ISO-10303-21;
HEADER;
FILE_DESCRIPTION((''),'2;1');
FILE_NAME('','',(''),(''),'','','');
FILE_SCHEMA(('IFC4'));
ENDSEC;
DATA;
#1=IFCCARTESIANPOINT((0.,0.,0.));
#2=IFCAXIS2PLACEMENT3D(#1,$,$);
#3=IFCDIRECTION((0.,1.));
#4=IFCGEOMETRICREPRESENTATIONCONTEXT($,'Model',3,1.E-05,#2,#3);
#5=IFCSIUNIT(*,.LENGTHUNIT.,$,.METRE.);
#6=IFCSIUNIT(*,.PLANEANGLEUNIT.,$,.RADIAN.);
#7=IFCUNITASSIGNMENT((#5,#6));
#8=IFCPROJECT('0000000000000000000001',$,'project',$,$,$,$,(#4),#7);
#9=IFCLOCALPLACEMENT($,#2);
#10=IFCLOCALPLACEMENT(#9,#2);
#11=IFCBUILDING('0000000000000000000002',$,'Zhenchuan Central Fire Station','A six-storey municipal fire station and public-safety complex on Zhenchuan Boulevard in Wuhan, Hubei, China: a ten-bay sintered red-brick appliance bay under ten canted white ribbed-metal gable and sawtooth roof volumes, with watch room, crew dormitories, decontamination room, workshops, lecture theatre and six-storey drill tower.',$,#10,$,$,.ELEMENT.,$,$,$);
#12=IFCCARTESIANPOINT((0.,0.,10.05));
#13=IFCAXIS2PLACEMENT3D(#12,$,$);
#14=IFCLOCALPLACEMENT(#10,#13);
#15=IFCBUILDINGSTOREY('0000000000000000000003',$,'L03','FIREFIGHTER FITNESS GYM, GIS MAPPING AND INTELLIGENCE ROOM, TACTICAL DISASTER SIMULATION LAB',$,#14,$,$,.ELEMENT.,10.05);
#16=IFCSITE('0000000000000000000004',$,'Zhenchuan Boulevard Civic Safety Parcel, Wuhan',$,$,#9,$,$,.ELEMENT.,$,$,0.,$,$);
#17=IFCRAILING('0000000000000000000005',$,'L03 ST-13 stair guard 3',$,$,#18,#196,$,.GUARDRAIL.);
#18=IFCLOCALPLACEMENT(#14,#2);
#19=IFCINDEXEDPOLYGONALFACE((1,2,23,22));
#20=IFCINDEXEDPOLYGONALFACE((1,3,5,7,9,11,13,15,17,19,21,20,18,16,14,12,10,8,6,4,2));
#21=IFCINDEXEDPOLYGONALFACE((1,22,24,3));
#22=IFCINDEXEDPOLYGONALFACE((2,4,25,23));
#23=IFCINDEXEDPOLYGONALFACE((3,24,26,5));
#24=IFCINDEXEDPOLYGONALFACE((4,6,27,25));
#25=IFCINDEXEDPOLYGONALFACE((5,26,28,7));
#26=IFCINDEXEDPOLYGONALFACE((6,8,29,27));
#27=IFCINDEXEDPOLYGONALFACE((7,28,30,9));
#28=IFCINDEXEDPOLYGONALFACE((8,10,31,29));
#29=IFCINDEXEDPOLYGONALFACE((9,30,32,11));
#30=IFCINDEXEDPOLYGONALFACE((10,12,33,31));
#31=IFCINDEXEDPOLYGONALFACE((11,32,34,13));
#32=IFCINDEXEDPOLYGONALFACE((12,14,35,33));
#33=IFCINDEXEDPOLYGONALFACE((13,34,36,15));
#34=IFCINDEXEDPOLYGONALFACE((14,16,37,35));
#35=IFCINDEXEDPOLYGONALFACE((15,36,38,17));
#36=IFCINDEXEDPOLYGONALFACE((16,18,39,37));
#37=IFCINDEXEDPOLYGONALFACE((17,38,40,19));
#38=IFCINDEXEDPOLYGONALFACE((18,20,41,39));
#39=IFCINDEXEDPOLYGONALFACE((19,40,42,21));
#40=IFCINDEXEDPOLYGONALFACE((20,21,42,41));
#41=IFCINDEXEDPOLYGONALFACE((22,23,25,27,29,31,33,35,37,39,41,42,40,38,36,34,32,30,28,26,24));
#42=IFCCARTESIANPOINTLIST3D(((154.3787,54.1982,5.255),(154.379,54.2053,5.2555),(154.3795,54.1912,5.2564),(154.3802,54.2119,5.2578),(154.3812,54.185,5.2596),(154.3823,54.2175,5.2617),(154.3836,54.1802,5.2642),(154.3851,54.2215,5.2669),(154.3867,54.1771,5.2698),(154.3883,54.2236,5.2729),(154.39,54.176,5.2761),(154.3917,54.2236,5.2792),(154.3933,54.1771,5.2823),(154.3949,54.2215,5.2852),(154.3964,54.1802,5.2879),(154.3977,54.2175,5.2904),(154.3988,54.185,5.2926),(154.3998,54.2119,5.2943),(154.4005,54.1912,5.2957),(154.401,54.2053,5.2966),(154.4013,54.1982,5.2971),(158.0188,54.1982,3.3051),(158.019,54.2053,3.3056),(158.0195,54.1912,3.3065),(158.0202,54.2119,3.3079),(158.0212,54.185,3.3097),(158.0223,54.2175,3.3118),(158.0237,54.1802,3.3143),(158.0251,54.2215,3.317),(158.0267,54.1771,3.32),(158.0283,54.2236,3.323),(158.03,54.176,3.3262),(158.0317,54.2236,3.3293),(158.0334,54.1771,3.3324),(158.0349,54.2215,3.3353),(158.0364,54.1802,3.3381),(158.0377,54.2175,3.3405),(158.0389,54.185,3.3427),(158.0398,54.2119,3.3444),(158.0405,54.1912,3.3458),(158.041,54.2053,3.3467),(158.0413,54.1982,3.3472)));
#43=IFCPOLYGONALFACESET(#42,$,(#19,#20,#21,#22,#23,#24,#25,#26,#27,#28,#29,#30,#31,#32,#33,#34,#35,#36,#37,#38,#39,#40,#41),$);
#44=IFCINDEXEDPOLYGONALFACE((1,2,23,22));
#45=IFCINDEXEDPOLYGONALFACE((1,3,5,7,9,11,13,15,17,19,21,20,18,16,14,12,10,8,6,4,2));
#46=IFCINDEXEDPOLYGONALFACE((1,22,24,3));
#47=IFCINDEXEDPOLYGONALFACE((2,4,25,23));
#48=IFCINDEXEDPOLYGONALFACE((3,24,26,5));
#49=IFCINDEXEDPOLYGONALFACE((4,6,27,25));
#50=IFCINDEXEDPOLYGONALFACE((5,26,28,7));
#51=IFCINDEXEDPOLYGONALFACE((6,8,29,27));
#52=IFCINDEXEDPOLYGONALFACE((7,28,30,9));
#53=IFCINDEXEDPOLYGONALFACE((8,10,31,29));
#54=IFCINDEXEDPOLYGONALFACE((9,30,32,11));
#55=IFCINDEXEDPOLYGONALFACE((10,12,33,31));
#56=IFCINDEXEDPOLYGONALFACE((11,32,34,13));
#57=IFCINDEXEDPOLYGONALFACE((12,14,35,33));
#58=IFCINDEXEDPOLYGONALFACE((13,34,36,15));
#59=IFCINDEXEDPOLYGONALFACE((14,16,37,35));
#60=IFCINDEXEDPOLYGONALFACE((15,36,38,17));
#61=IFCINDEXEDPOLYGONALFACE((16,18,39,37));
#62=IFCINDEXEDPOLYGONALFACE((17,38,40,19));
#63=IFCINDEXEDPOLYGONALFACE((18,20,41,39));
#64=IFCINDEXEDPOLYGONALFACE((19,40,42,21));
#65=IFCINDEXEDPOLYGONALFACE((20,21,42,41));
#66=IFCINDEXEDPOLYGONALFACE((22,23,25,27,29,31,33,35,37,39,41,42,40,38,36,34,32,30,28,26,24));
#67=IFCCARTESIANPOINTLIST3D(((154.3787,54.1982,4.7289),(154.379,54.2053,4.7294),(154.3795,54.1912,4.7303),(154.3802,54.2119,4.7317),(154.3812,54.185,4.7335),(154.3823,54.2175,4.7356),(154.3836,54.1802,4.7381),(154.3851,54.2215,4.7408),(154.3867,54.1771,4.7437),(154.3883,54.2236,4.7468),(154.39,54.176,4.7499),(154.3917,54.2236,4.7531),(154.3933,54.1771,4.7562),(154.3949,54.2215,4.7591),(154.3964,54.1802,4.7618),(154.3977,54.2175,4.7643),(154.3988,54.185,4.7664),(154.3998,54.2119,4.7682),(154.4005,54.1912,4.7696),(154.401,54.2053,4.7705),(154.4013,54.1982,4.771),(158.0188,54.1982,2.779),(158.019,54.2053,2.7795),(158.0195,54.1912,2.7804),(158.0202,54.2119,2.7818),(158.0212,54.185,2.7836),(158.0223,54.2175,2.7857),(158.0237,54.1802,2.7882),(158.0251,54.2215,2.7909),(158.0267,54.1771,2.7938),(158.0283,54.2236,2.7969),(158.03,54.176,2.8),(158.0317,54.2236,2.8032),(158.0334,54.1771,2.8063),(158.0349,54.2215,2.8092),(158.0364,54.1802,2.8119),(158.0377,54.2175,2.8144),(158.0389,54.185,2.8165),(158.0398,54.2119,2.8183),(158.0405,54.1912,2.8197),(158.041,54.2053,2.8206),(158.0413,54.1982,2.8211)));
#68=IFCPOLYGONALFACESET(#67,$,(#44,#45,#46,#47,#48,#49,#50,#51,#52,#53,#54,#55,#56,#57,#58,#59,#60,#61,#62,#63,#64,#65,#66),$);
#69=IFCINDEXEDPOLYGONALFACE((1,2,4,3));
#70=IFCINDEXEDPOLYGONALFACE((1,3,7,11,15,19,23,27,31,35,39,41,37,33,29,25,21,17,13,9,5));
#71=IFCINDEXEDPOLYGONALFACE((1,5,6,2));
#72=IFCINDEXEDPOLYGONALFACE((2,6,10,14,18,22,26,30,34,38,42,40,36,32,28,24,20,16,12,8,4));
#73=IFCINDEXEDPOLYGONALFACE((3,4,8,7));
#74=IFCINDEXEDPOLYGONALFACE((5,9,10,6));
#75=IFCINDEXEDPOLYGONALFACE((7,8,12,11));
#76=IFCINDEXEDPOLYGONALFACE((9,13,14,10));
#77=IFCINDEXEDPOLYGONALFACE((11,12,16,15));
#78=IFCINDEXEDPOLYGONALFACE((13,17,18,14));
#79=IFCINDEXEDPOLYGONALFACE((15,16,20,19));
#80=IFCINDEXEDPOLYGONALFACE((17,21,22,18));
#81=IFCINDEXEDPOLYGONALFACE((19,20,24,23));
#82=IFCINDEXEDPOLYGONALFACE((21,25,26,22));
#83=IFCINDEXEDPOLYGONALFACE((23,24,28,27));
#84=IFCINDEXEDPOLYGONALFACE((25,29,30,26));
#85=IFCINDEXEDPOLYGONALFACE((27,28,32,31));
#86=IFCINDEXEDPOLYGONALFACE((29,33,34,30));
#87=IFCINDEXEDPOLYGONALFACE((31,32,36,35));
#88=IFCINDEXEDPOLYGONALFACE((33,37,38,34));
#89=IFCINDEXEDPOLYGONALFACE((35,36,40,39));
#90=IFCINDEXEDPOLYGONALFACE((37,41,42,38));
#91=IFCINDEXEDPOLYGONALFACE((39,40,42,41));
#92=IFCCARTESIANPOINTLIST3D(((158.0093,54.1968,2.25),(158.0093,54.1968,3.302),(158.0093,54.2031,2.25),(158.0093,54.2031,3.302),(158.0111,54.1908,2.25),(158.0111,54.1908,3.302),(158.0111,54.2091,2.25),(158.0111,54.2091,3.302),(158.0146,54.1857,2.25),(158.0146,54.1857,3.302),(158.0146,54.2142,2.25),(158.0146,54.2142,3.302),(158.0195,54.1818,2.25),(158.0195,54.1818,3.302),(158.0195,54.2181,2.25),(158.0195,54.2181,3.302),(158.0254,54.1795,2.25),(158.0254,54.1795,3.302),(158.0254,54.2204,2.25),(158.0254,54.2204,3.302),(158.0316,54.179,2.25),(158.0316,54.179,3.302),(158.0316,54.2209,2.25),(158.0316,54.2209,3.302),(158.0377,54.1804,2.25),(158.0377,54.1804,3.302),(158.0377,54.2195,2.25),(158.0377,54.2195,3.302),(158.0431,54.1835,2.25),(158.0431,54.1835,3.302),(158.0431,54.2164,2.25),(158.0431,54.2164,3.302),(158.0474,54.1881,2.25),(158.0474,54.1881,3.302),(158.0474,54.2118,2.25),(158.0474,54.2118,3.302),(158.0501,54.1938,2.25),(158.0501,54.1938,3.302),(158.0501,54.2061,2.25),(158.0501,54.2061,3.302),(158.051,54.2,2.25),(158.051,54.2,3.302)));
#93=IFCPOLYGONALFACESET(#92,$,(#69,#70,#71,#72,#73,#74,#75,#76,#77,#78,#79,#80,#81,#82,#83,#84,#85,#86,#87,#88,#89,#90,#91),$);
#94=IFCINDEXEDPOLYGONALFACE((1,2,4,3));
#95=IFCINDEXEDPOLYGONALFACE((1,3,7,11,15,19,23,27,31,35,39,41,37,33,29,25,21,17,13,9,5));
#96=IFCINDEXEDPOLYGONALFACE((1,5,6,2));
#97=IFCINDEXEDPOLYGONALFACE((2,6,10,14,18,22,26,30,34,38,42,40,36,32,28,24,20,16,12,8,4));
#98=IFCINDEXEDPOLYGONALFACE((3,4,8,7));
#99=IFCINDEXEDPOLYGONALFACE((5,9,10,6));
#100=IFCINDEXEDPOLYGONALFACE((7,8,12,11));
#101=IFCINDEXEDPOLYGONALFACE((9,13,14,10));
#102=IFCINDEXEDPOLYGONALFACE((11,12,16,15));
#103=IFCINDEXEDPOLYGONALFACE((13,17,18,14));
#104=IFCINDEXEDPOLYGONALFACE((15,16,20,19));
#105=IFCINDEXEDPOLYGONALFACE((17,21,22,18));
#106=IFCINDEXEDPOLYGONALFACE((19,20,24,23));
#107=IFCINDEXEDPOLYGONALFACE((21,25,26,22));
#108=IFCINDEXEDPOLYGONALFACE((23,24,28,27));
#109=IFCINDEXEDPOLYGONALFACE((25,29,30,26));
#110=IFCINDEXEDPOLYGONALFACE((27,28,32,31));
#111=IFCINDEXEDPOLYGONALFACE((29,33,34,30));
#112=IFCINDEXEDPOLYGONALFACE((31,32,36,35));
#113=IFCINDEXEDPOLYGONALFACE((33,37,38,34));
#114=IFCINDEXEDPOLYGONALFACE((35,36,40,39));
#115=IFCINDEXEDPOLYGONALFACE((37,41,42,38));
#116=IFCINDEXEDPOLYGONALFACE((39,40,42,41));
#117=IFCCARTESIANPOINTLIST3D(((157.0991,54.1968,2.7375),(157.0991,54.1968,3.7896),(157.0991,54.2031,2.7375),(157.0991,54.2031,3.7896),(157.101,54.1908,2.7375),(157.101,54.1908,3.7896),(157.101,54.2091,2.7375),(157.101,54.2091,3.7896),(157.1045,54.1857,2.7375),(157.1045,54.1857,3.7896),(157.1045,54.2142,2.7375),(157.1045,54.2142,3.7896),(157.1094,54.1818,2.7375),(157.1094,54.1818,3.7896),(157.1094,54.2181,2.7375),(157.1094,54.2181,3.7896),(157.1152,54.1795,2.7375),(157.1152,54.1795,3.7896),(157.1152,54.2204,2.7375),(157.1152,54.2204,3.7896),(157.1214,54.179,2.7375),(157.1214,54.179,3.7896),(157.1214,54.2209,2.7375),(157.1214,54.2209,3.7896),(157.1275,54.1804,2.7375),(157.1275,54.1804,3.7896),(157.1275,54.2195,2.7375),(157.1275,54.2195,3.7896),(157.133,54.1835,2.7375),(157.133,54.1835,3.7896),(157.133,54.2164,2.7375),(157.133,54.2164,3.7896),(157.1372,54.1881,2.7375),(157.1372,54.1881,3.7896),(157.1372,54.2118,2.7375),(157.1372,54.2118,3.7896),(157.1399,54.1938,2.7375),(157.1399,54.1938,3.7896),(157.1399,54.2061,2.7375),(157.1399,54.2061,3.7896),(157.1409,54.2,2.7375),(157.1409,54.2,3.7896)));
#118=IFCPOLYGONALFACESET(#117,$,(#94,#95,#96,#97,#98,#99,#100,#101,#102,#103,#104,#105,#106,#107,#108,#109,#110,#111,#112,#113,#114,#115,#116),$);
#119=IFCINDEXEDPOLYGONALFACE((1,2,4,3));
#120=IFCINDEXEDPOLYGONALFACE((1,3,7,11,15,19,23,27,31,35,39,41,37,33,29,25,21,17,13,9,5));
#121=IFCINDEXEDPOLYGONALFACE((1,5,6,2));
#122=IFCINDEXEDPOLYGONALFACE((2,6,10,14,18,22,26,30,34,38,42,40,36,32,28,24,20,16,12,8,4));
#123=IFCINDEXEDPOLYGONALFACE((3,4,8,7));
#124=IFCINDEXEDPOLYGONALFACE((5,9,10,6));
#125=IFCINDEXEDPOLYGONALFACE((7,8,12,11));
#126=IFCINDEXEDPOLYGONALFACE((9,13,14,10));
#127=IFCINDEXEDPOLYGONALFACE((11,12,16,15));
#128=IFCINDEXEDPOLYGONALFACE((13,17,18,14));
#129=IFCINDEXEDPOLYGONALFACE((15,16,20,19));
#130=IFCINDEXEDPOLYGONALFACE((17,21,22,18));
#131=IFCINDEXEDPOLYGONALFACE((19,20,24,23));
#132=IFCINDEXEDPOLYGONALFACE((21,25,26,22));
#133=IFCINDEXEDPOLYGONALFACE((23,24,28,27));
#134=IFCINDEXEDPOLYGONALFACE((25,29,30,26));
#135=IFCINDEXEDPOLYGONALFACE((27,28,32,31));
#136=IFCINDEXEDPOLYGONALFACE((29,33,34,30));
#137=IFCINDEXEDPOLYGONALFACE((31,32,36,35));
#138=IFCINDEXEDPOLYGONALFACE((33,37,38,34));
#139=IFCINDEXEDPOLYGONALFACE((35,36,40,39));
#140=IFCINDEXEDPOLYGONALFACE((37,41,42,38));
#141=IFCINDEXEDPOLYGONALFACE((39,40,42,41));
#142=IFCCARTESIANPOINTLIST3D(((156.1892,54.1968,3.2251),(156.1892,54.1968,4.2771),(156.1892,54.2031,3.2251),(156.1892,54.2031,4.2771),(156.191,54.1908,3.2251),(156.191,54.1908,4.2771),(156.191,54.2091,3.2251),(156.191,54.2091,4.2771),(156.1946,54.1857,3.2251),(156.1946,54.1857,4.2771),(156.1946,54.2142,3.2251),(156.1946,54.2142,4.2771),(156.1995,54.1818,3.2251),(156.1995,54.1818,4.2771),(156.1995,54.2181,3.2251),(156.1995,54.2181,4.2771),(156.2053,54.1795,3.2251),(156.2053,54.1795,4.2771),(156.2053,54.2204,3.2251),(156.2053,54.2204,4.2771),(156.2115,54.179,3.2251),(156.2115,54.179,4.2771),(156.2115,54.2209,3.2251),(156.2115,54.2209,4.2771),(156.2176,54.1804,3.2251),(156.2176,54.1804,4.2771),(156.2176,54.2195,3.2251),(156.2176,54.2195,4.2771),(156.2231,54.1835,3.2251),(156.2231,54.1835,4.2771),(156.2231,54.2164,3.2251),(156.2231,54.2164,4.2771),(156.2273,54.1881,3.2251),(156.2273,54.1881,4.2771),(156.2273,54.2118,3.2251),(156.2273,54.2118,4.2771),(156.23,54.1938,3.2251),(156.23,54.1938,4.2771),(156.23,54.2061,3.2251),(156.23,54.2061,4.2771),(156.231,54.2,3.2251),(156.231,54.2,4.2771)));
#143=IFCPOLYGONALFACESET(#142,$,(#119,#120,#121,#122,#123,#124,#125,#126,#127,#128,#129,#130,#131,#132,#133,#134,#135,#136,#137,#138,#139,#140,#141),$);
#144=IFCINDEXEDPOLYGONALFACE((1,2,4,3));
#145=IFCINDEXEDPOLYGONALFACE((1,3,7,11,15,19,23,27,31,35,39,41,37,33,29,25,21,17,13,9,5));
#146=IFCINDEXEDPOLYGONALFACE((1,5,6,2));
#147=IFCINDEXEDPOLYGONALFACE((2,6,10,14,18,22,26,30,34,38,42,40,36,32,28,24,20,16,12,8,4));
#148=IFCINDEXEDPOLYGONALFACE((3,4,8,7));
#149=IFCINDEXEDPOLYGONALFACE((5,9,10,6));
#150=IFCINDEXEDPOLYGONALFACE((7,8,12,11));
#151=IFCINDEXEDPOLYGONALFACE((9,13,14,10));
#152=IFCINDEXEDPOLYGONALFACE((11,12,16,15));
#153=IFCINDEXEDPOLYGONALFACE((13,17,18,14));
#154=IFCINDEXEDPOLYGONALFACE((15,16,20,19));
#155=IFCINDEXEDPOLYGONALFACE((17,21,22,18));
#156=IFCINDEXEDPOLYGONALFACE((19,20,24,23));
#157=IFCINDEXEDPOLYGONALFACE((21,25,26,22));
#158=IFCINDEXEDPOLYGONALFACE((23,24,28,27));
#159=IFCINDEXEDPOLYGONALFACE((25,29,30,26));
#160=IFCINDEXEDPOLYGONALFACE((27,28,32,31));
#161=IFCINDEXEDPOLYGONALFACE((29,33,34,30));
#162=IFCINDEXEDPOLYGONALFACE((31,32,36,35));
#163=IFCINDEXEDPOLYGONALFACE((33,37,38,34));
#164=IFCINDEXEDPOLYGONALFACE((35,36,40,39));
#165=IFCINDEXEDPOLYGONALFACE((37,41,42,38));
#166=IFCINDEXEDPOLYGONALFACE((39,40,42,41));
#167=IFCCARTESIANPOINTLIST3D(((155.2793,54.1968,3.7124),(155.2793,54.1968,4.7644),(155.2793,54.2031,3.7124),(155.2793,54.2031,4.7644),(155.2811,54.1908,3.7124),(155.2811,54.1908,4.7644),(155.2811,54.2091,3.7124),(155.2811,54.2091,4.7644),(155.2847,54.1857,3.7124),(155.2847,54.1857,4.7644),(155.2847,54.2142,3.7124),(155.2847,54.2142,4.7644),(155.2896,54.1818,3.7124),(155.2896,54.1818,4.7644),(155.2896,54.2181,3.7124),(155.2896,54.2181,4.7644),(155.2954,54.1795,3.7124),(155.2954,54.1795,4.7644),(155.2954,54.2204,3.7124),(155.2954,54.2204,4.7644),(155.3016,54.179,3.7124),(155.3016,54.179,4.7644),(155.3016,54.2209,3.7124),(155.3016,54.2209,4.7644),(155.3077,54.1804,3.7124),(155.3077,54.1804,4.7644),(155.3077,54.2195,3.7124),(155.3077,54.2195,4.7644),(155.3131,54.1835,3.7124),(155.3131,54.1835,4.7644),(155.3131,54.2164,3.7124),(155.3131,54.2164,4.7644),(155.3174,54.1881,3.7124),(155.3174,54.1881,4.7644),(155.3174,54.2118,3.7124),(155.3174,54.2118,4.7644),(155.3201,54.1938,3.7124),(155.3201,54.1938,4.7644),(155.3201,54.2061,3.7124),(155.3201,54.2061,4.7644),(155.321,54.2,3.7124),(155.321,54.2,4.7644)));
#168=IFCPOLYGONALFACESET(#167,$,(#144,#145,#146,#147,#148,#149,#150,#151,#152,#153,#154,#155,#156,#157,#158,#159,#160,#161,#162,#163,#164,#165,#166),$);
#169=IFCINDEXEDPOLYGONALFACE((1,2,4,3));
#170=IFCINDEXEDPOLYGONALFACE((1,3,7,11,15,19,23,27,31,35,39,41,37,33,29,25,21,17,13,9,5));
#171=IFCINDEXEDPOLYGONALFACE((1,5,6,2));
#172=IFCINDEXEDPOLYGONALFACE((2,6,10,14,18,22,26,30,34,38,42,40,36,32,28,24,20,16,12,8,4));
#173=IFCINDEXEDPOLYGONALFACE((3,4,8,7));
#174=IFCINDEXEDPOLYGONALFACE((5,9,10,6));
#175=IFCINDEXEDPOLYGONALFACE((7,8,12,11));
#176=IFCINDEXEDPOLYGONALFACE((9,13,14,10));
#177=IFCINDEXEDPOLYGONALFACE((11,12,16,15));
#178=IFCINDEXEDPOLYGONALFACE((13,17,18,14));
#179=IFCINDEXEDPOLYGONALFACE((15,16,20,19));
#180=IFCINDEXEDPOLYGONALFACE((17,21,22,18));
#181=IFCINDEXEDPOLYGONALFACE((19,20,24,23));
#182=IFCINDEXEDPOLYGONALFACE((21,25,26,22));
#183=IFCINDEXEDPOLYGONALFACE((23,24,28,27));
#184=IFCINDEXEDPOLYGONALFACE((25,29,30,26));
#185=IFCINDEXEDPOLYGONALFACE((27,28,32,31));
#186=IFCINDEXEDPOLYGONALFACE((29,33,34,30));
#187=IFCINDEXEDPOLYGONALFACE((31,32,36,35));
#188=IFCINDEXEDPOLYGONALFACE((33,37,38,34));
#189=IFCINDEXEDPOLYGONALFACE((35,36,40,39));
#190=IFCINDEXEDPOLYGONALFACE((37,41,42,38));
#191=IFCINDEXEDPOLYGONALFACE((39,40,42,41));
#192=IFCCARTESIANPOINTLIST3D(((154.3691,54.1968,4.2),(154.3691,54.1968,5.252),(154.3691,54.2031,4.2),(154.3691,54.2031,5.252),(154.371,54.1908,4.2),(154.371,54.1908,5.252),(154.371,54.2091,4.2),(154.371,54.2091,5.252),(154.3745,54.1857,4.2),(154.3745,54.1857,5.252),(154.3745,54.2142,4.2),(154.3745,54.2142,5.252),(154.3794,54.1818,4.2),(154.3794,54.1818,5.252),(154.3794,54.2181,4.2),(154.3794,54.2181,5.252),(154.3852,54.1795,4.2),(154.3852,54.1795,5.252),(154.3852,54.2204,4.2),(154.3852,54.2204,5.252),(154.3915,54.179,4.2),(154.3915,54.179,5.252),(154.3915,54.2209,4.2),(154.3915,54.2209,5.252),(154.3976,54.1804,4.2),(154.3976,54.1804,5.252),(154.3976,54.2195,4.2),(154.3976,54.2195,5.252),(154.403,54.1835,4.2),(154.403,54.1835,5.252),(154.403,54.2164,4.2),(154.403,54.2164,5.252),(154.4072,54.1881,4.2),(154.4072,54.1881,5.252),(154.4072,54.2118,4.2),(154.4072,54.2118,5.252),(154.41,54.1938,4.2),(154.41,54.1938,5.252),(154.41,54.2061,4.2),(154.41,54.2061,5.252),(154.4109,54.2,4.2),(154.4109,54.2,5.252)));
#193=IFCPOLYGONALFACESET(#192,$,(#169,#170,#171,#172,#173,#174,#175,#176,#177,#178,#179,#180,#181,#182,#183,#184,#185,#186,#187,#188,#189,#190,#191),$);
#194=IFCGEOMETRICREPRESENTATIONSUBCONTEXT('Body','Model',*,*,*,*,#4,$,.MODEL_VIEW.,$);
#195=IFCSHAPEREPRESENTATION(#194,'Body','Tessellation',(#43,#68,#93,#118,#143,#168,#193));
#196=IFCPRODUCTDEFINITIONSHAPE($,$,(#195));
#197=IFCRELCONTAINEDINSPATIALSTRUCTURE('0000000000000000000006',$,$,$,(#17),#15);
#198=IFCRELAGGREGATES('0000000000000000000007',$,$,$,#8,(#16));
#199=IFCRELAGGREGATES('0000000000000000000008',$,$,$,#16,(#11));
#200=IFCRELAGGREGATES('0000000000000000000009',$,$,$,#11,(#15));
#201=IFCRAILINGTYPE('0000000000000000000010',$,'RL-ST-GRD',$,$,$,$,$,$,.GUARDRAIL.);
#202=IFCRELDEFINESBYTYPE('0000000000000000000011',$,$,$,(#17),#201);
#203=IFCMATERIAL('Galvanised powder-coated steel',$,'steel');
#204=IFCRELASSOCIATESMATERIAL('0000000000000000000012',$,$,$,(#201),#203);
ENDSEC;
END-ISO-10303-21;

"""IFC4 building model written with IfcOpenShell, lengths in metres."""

from ifc_helpers import new_model, si_unit, direction, frame, origin, origin_2d, place, context, subcontext, project, spatial, circle, extrude, material, type_object, element, save


model = new_model("IFC4")

# Units and contexts
model_context = context("Model", 3, precision=1e-05, world=origin(), true_north=direction((0.0, 1.0)))
body_context = subcontext(model_context, "Body", "Model", "MODEL_VIEW")
ifc_project = project(units=[si_unit("LENGTHUNIT", "METRE"), si_unit("PLANEANGLEUNIT", "RADIAN")], contexts=[model_context])

# Site, building, storey
site_placement = place(None, origin())
site = spatial("IfcSite", under=ifc_project, at=site_placement, Name="Zhenchuan Boulevard Civic Safety Parcel, Wuhan", CompositionType="ELEMENT", RefElevation=0.0)
building_placement = place(site_placement, origin())
building = spatial("IfcBuilding", under=site, at=building_placement, Name="Zhenchuan Central Fire Station", Description="A six-storey municipal fire station and public-safety complex on Zhenchuan Boulevard in Wuhan, Hubei, China: a ten-bay sintered red-brick appliance bay under ten canted white ribbed-metal gable and sawtooth roof volumes, with watch room, crew dormitories, decontamination room, workshops, lecture theatre and six-storey drill tower.", CompositionType="ELEMENT")
storey_placement = place(building_placement, frame((0.0, 0.0, 10.05)))
storey = spatial("IfcBuildingStorey", under=building, at=storey_placement, Name="L03", Description="FIREFIGHTER FITNESS GYM, GIS MAPPING AND INTELLIGENCE ROOM, TACTICAL DISASTER SIMULATION LAB", CompositionType="ELEMENT", Elevation=10.05)

# Railing
ifc_material_1 = material(Name="Galvanised powder-coated steel", Category="steel")
railing_type_1 = type_object("IfcRailingType", Name="RL-ST-GRD", PredefinedType="GUARDRAIL", material=ifc_material_1)
railing_1_placement = place(storey_placement, frame((158.03, 54.2, 2.25)))
element("IfcRailing", 1, at=railing_1_placement, inside=storey, type_object=railing_type_1, Name="L03 ST-13 stair guard 3", PredefinedType="GUARDRAIL", context=body_context, shape_type="SweptSolid", body=[
    extrude(circle(Radius=0.0239, at=origin_2d()), frame((0.0, 0.0, 1.0762), z_axis=(-0.881492, 0.0, 0.472198), x_axis=(0.0, -1.0, 0.0)), (0.0, 0.0, 1.0), 4.1294),
    extrude(circle(Radius=0.0239, at=origin_2d()), frame((0.0, 0.0, 0.55), z_axis=(-0.881492, 0.0, 0.472198), x_axis=(0.0, -1.0, 0.0)), (0.0, 0.0, 1.0), 4.1294),
    extrude(circle(Radius=0.021, at=origin_2d()), origin(), (0.0, 0.0, 1.0), 1.052),
    extrude(circle(Radius=0.021, at=origin_2d()), frame((-0.9102, 0.0, 0.4875)), (0.0, 0.0, 1.0), 1.052),
    extrude(circle(Radius=0.021, at=origin_2d()), frame((-1.8201, 0.0, 0.9751)), (0.0, 0.0, 1.0), 1.052),
    extrude(circle(Radius=0.021, at=origin_2d()), frame((-2.73, 0.0, 1.4624)), (0.0, 0.0, 1.0), 1.052),
    extrude(circle(Radius=0.021, at=origin_2d()), frame((-3.6401, 0.0, 1.95)), (0.0, 0.0, 1.0), 1.052),
])

save(model, "model.ifc")
